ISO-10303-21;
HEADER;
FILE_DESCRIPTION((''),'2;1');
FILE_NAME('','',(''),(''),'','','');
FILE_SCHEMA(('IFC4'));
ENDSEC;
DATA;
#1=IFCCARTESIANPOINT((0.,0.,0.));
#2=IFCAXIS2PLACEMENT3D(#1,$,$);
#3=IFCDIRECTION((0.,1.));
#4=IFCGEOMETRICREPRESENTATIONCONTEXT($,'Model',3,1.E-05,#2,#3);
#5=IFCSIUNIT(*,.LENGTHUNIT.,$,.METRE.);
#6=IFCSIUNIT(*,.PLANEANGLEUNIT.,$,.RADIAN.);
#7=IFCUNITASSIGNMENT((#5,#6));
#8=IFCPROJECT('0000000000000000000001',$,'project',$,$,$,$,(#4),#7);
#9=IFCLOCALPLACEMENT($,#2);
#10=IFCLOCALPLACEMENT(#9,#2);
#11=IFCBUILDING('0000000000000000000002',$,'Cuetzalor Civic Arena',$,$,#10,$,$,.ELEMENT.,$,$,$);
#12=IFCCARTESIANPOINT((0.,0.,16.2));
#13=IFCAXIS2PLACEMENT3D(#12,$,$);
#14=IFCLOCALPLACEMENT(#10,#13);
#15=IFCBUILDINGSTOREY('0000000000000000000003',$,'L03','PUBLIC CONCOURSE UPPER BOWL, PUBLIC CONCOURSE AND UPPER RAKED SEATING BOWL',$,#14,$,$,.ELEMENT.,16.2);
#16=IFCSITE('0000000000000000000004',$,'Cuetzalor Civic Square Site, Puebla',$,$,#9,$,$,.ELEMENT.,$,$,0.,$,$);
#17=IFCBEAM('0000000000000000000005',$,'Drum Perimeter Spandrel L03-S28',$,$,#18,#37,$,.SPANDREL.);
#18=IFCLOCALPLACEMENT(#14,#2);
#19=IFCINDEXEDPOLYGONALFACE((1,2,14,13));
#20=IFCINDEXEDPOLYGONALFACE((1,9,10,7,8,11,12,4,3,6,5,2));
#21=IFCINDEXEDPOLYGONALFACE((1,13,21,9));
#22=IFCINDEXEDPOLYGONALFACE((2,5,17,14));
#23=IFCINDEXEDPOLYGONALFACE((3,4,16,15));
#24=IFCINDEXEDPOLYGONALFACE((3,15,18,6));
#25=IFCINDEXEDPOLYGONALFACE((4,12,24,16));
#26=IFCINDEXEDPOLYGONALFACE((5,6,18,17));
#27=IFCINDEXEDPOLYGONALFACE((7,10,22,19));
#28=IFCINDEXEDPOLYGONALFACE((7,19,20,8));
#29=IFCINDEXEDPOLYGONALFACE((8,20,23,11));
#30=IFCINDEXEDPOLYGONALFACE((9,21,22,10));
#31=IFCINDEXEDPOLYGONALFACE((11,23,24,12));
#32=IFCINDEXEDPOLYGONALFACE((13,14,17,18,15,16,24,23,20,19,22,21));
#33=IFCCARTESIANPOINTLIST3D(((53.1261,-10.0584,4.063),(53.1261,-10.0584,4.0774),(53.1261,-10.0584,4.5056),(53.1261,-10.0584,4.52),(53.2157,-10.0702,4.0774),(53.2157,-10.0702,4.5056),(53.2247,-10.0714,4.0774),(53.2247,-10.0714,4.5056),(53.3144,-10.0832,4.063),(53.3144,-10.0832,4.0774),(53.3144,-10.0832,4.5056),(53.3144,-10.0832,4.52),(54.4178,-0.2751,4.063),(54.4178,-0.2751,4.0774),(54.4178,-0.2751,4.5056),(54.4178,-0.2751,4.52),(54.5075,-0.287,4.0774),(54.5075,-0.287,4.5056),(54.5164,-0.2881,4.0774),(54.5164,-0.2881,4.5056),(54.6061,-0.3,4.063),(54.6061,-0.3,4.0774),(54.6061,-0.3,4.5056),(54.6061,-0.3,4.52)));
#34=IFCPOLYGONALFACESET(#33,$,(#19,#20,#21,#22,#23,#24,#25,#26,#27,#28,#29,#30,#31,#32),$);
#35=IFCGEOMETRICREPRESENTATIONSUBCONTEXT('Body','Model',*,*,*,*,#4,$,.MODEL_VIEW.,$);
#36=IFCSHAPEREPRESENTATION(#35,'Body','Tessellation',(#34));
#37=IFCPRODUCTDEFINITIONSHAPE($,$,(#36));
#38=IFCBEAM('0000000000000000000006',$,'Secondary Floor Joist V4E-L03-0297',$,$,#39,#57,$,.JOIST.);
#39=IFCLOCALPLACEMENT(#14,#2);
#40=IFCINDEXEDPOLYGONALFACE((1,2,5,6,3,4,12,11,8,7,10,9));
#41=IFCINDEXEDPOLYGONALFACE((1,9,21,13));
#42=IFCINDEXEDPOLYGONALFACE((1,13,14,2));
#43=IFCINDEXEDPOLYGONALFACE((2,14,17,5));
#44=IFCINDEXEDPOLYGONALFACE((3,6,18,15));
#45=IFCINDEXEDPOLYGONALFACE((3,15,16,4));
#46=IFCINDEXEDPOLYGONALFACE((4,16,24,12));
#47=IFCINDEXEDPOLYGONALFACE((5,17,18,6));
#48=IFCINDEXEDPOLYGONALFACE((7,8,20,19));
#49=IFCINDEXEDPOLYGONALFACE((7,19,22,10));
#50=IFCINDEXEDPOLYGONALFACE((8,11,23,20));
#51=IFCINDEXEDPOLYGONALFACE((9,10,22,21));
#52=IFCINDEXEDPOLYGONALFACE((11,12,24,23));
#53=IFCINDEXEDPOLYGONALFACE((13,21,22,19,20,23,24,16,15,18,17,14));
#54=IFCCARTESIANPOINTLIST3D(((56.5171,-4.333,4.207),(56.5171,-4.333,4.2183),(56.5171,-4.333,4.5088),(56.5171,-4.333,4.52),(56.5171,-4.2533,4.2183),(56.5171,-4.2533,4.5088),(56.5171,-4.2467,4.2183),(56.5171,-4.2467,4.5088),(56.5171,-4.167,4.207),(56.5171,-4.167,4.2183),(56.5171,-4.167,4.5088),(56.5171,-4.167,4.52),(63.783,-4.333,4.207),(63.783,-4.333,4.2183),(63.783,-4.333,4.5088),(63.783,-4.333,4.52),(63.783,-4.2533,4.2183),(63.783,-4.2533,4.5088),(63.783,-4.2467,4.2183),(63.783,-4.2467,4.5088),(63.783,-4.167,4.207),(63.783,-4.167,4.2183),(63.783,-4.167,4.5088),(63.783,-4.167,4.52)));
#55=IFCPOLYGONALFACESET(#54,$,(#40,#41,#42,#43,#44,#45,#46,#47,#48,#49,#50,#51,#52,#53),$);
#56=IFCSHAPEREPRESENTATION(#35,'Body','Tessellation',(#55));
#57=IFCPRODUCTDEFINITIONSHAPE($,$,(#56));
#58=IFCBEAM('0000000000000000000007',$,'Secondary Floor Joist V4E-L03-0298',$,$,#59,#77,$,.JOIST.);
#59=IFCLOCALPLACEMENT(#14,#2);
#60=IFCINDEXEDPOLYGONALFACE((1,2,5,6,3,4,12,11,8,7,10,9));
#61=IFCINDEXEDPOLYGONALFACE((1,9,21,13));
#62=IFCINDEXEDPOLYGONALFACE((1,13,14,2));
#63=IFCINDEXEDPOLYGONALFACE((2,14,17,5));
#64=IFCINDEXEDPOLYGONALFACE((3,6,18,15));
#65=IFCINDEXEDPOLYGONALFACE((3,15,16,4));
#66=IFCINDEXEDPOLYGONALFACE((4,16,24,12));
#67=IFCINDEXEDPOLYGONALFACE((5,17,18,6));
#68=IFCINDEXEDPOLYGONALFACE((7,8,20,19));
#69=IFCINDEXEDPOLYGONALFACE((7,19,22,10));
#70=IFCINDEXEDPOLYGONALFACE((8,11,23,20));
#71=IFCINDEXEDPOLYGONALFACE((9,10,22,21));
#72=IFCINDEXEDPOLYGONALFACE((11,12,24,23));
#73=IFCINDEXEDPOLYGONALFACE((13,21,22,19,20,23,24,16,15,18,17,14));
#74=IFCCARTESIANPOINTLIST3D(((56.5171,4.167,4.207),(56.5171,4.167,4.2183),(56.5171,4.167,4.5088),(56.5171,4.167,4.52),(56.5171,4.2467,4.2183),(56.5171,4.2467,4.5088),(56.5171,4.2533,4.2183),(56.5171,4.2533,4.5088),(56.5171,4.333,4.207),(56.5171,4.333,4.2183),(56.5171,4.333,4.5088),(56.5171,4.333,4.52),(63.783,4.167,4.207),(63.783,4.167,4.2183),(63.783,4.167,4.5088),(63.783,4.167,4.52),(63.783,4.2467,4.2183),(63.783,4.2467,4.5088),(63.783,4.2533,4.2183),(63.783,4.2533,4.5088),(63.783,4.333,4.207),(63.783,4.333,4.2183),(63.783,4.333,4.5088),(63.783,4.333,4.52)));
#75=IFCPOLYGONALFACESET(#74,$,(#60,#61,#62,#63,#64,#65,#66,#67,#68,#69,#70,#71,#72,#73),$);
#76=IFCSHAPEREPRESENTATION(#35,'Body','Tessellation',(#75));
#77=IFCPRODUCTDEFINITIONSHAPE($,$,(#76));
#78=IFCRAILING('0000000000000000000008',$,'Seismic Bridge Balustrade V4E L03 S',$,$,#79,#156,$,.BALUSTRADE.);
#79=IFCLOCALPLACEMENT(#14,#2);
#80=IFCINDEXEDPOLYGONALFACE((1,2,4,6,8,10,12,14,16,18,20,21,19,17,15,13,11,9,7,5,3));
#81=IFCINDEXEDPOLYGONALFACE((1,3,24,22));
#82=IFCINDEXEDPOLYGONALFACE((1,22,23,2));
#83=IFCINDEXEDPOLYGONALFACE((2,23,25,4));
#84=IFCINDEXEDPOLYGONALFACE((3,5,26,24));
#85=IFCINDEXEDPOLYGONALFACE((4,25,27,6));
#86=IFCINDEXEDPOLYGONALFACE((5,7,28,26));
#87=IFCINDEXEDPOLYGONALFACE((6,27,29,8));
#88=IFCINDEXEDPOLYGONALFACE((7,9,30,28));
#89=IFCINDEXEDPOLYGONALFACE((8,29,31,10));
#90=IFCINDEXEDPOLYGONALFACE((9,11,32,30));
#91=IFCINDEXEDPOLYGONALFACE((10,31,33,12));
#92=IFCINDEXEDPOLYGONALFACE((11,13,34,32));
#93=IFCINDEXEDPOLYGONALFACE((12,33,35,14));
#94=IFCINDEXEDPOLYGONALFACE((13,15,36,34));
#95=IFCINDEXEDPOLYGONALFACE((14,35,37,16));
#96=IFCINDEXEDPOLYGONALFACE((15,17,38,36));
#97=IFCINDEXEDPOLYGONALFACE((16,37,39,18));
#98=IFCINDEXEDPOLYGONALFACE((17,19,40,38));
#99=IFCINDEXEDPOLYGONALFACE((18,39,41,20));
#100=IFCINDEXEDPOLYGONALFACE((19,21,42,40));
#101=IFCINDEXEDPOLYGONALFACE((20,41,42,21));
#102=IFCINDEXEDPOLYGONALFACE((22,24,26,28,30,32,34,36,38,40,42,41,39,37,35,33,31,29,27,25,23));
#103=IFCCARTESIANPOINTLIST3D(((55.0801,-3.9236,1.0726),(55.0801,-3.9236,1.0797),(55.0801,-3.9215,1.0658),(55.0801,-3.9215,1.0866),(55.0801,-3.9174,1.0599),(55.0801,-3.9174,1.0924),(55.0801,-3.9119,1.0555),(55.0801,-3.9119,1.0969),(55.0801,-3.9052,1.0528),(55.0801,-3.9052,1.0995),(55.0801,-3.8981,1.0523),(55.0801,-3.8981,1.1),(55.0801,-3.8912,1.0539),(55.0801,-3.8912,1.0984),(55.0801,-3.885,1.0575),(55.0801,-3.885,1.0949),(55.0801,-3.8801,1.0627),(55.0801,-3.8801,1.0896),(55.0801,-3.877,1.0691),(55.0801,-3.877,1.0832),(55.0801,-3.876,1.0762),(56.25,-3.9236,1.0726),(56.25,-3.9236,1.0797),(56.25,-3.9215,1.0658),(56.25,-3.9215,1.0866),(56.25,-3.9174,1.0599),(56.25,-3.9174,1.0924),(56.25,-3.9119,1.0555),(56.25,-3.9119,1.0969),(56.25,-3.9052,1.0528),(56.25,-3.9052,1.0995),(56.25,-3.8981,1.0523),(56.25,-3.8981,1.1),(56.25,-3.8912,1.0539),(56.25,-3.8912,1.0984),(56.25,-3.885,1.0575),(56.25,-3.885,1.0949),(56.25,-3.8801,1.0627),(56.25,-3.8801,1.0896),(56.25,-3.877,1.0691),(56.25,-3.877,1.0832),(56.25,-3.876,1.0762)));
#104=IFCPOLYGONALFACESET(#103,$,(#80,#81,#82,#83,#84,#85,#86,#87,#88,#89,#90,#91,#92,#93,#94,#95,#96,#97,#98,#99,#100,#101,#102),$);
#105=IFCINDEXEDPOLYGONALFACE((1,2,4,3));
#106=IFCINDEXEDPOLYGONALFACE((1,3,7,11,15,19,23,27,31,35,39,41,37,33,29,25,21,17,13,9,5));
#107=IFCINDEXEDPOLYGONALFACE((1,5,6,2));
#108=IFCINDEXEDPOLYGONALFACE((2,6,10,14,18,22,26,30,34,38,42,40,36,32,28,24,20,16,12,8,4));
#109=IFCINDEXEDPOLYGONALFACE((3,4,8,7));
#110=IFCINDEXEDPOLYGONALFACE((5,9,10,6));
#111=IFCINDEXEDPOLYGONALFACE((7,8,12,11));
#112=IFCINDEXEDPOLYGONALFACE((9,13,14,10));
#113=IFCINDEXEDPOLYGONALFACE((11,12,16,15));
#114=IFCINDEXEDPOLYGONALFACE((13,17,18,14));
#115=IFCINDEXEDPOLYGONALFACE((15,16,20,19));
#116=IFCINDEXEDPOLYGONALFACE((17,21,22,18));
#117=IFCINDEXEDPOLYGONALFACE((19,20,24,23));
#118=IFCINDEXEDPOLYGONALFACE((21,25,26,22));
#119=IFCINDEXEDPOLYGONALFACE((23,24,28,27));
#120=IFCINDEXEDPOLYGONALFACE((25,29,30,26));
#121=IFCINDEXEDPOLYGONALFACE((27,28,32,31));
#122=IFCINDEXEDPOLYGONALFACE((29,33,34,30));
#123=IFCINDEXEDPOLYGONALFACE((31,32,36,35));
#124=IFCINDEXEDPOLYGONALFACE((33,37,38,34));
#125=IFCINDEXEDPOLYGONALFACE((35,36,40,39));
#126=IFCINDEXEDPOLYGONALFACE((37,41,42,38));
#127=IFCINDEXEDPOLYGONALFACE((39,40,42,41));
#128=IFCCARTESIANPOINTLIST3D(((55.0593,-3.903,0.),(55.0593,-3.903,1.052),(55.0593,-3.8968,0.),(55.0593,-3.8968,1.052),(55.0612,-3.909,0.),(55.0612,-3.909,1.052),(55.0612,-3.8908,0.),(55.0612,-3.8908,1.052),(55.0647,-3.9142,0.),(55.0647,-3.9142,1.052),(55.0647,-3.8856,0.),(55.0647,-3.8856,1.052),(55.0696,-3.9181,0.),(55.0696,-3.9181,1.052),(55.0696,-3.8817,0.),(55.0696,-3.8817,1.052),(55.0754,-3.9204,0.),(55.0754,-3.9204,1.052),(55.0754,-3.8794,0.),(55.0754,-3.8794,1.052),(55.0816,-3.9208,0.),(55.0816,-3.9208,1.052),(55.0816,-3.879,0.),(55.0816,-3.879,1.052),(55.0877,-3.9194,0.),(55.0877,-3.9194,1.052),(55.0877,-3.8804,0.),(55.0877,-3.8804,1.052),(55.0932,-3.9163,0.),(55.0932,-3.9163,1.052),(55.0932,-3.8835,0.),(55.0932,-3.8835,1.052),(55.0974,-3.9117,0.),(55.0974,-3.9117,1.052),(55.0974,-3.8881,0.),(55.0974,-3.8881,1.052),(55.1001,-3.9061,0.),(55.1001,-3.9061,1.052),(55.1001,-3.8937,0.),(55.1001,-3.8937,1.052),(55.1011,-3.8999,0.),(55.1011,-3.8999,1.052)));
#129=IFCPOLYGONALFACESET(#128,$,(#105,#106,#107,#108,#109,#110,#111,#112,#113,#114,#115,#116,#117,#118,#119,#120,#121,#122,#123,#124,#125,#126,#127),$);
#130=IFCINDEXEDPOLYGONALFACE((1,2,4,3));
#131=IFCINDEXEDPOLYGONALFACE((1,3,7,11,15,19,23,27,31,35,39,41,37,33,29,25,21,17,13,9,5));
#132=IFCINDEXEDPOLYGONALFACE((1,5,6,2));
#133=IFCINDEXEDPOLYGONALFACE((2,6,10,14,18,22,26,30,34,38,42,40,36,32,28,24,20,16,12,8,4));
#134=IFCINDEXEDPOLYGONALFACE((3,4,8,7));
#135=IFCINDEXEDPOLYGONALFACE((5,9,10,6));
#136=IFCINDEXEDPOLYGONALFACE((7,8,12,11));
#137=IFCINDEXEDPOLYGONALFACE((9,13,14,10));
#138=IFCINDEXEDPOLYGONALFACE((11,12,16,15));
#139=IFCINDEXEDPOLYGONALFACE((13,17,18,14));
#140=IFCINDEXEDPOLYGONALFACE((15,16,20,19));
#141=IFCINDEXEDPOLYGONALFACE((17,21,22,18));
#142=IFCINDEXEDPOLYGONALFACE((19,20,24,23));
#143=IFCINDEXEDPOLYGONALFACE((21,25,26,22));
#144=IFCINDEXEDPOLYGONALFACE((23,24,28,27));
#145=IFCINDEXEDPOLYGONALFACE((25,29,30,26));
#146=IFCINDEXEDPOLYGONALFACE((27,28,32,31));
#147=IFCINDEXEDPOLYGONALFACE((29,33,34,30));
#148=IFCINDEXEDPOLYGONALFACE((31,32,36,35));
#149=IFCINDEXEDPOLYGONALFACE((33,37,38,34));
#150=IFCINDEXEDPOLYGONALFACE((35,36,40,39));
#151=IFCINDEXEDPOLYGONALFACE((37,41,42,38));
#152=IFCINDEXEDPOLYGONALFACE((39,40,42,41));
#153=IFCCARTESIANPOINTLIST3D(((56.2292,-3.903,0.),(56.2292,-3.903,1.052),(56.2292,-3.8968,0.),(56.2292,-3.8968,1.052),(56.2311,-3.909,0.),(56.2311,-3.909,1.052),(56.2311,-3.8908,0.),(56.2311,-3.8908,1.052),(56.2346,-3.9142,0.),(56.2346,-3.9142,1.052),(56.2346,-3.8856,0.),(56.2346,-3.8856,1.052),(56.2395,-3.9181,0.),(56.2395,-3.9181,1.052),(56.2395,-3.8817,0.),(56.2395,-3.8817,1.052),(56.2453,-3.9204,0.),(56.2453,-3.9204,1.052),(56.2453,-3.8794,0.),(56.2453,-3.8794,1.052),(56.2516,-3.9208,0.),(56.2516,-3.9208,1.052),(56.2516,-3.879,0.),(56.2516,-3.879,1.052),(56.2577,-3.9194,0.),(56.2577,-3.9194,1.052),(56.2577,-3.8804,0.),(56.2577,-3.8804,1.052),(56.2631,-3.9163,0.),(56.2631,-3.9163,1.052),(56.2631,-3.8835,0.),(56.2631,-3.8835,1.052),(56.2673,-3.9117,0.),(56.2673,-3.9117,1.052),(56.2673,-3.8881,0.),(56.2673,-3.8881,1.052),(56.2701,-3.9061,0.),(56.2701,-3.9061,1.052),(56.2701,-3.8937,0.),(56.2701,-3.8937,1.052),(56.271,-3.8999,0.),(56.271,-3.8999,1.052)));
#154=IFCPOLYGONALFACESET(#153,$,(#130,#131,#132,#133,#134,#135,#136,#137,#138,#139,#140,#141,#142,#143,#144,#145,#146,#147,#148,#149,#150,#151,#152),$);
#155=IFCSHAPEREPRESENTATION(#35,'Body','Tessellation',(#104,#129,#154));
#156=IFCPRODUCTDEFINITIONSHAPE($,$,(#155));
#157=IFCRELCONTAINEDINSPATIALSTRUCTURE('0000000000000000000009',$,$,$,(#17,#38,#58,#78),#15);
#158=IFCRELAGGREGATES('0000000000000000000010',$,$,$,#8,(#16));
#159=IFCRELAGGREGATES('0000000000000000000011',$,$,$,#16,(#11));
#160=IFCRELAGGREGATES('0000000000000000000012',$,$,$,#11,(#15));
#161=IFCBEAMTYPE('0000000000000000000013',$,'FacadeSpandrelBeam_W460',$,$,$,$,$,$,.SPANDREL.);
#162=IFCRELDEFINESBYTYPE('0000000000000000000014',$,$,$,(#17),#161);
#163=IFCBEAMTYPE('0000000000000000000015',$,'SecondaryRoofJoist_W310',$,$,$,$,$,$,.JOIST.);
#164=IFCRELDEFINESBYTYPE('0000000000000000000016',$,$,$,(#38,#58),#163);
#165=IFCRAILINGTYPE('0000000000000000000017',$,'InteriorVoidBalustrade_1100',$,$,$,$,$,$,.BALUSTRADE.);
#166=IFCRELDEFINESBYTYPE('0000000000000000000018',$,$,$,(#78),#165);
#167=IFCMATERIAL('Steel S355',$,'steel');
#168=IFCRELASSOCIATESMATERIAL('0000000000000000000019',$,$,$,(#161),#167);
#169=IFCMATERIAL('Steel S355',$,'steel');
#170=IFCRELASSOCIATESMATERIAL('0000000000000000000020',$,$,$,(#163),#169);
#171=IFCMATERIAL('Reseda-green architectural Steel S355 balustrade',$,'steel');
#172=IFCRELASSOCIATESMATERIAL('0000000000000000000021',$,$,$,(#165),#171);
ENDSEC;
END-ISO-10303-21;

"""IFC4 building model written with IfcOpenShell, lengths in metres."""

from ifc_helpers import new_model, si_unit, direction, frame, origin, origin_2d, place, context, subcontext, project, spatial, circle, i_section, extrude, material, material_profile, profile_set, type_object, element, save


model = new_model("IFC4")

# Units and contexts
model_context = context("Model", 3, precision=1e-05, world=origin(), true_north=direction((0.0, 1.0)))
body_context = subcontext(model_context, "Body", "Model", "MODEL_VIEW")
ifc_project = project(units=[si_unit("LENGTHUNIT", "METRE"), si_unit("PLANEANGLEUNIT", "RADIAN")], contexts=[model_context])

# Site, building, storey
site_placement = place(None, origin())
site = spatial("IfcSite", under=ifc_project, at=site_placement, Name="Cuetzalor Civic Square Site, Puebla", CompositionType="ELEMENT", RefElevation=0.0)
building_placement = place(site_placement, origin())
building = spatial("IfcBuilding", under=site, at=building_placement, Name="Cuetzalor Civic Arena", CompositionType="ELEMENT")
storey_placement = place(building_placement, frame((0.0, 0.0, 16.2)))
storey = spatial("IfcBuildingStorey", under=building, at=storey_placement, Name="L03", Description="PUBLIC CONCOURSE UPPER BOWL, PUBLIC CONCOURSE AND UPPER RAKED SEATING BOWL", CompositionType="ELEMENT", Elevation=16.2)

# Beams
ifc_material_1 = material(Name="Steel S355", Category="steel")
ifc_material_profile_1 = material_profile(ifc_material_1, i_section(OverallWidth=0.1899, OverallDepth=0.457, WebThickness=0.009, FlangeThickness=0.0144, at=origin_2d()), Name="W460x74")
ifc_profile_set_1 = profile_set([ifc_material_profile_1], Name="Steel S355")
beam_type_1 = type_object("IfcBeamType", Name="FacadeSpandrelBeam_W460", PredefinedType="SPANDREL", material=ifc_profile_set_1)
for number, where, z_axis, x_axis, name in (
    (1, (53.2202, -10.0708, 4.2915), (0.130901, 0.991395, 0.0), (-0.991395, 0.130901, 0.0), "Drum Perimeter Spandrel L03-S28"),
):
    element("IfcBeam", number, at=place(storey_placement, frame(where, z_axis=z_axis, x_axis=x_axis)), inside=storey, type_object=beam_type_1, Name=name, PredefinedType="SPANDREL", context=body_context, shape_type="SweptSolid", body=[
        extrude(i_section(OverallWidth=0.1899, OverallDepth=0.457, WebThickness=0.009, FlangeThickness=0.0144, at=origin_2d()), origin(), (0.0, 0.0, 1.0), 9.8682),
    ])
ifc_material_2 = material(Name="Steel S355", Category="steel")
ifc_material_profile_2 = material_profile(ifc_material_2, i_section(OverallWidth=0.166, OverallDepth=0.313, WebThickness=0.0066, FlangeThickness=0.0112, at=origin_2d()), Name="W310x45")
ifc_profile_set_2 = profile_set([ifc_material_profile_2], Name="Steel S355")
beam_type_2 = type_object("IfcBeamType", Name="SecondaryRoofJoist_W310", PredefinedType="JOIST", material=ifc_profile_set_2)
for number, where, z_axis, x_axis, name in (
    (2, (56.5171, -4.25, 4.3635), (1.0, 0.0, 0.0), (0.0, 1.0, 0.0), "Secondary Floor Joist V4E-L03-0297"),
    (3, (56.5171, 4.25, 4.3635), (1.0, 0.0, 0.0), (0.0, 1.0, 0.0), "Secondary Floor Joist V4E-L03-0298"),
):
    element("IfcBeam", number, at=place(storey_placement, frame(where, z_axis=z_axis, x_axis=x_axis)), inside=storey, type_object=beam_type_2, Name=name, PredefinedType="JOIST", context=body_context, shape_type="SweptSolid", body=[
        extrude(i_section(OverallWidth=0.166, OverallDepth=0.313, WebThickness=0.0066, FlangeThickness=0.0112, at=origin_2d()), origin(), (0.0, 0.0, 1.0), 7.2659),
    ])

# Railing
ifc_material_3 = material(Name="Reseda-green architectural Steel S355 balustrade", Category="steel")
railing_type = type_object("IfcRailingType", Name="InteriorVoidBalustrade_1100", PredefinedType="BALUSTRADE", material=ifc_material_3)
for number, where, name in (
    (4, (55.0801, -3.8999, 0.0), "Seismic Bridge Balustrade V4E L03 S"),
):
    element("IfcRailing", number, at=place(storey_placement, frame(where)), inside=storey, type_object=railing_type, Name=name, PredefinedType="BALUSTRADE", context=body_context, shape_type="SweptSolid", body=[
        extrude(circle(Radius=0.0239, at=origin_2d()), frame((0.0, 0.0, 1.0762), z_axis=(1.0, 0.0, 0.0), x_axis=(0.0, 1.0, 0.0)), (0.0, 0.0, 1.0), 1.1699),
        extrude(circle(Radius=0.021, at=origin_2d()), origin(), (0.0, 0.0, 1.0), 1.052),
        extrude(circle(Radius=0.021, at=origin_2d()), frame((1.1699, 0.0, 0.0)), (0.0, 0.0, 1.0), 1.052),
    ])

save(model, "model.ifc")
